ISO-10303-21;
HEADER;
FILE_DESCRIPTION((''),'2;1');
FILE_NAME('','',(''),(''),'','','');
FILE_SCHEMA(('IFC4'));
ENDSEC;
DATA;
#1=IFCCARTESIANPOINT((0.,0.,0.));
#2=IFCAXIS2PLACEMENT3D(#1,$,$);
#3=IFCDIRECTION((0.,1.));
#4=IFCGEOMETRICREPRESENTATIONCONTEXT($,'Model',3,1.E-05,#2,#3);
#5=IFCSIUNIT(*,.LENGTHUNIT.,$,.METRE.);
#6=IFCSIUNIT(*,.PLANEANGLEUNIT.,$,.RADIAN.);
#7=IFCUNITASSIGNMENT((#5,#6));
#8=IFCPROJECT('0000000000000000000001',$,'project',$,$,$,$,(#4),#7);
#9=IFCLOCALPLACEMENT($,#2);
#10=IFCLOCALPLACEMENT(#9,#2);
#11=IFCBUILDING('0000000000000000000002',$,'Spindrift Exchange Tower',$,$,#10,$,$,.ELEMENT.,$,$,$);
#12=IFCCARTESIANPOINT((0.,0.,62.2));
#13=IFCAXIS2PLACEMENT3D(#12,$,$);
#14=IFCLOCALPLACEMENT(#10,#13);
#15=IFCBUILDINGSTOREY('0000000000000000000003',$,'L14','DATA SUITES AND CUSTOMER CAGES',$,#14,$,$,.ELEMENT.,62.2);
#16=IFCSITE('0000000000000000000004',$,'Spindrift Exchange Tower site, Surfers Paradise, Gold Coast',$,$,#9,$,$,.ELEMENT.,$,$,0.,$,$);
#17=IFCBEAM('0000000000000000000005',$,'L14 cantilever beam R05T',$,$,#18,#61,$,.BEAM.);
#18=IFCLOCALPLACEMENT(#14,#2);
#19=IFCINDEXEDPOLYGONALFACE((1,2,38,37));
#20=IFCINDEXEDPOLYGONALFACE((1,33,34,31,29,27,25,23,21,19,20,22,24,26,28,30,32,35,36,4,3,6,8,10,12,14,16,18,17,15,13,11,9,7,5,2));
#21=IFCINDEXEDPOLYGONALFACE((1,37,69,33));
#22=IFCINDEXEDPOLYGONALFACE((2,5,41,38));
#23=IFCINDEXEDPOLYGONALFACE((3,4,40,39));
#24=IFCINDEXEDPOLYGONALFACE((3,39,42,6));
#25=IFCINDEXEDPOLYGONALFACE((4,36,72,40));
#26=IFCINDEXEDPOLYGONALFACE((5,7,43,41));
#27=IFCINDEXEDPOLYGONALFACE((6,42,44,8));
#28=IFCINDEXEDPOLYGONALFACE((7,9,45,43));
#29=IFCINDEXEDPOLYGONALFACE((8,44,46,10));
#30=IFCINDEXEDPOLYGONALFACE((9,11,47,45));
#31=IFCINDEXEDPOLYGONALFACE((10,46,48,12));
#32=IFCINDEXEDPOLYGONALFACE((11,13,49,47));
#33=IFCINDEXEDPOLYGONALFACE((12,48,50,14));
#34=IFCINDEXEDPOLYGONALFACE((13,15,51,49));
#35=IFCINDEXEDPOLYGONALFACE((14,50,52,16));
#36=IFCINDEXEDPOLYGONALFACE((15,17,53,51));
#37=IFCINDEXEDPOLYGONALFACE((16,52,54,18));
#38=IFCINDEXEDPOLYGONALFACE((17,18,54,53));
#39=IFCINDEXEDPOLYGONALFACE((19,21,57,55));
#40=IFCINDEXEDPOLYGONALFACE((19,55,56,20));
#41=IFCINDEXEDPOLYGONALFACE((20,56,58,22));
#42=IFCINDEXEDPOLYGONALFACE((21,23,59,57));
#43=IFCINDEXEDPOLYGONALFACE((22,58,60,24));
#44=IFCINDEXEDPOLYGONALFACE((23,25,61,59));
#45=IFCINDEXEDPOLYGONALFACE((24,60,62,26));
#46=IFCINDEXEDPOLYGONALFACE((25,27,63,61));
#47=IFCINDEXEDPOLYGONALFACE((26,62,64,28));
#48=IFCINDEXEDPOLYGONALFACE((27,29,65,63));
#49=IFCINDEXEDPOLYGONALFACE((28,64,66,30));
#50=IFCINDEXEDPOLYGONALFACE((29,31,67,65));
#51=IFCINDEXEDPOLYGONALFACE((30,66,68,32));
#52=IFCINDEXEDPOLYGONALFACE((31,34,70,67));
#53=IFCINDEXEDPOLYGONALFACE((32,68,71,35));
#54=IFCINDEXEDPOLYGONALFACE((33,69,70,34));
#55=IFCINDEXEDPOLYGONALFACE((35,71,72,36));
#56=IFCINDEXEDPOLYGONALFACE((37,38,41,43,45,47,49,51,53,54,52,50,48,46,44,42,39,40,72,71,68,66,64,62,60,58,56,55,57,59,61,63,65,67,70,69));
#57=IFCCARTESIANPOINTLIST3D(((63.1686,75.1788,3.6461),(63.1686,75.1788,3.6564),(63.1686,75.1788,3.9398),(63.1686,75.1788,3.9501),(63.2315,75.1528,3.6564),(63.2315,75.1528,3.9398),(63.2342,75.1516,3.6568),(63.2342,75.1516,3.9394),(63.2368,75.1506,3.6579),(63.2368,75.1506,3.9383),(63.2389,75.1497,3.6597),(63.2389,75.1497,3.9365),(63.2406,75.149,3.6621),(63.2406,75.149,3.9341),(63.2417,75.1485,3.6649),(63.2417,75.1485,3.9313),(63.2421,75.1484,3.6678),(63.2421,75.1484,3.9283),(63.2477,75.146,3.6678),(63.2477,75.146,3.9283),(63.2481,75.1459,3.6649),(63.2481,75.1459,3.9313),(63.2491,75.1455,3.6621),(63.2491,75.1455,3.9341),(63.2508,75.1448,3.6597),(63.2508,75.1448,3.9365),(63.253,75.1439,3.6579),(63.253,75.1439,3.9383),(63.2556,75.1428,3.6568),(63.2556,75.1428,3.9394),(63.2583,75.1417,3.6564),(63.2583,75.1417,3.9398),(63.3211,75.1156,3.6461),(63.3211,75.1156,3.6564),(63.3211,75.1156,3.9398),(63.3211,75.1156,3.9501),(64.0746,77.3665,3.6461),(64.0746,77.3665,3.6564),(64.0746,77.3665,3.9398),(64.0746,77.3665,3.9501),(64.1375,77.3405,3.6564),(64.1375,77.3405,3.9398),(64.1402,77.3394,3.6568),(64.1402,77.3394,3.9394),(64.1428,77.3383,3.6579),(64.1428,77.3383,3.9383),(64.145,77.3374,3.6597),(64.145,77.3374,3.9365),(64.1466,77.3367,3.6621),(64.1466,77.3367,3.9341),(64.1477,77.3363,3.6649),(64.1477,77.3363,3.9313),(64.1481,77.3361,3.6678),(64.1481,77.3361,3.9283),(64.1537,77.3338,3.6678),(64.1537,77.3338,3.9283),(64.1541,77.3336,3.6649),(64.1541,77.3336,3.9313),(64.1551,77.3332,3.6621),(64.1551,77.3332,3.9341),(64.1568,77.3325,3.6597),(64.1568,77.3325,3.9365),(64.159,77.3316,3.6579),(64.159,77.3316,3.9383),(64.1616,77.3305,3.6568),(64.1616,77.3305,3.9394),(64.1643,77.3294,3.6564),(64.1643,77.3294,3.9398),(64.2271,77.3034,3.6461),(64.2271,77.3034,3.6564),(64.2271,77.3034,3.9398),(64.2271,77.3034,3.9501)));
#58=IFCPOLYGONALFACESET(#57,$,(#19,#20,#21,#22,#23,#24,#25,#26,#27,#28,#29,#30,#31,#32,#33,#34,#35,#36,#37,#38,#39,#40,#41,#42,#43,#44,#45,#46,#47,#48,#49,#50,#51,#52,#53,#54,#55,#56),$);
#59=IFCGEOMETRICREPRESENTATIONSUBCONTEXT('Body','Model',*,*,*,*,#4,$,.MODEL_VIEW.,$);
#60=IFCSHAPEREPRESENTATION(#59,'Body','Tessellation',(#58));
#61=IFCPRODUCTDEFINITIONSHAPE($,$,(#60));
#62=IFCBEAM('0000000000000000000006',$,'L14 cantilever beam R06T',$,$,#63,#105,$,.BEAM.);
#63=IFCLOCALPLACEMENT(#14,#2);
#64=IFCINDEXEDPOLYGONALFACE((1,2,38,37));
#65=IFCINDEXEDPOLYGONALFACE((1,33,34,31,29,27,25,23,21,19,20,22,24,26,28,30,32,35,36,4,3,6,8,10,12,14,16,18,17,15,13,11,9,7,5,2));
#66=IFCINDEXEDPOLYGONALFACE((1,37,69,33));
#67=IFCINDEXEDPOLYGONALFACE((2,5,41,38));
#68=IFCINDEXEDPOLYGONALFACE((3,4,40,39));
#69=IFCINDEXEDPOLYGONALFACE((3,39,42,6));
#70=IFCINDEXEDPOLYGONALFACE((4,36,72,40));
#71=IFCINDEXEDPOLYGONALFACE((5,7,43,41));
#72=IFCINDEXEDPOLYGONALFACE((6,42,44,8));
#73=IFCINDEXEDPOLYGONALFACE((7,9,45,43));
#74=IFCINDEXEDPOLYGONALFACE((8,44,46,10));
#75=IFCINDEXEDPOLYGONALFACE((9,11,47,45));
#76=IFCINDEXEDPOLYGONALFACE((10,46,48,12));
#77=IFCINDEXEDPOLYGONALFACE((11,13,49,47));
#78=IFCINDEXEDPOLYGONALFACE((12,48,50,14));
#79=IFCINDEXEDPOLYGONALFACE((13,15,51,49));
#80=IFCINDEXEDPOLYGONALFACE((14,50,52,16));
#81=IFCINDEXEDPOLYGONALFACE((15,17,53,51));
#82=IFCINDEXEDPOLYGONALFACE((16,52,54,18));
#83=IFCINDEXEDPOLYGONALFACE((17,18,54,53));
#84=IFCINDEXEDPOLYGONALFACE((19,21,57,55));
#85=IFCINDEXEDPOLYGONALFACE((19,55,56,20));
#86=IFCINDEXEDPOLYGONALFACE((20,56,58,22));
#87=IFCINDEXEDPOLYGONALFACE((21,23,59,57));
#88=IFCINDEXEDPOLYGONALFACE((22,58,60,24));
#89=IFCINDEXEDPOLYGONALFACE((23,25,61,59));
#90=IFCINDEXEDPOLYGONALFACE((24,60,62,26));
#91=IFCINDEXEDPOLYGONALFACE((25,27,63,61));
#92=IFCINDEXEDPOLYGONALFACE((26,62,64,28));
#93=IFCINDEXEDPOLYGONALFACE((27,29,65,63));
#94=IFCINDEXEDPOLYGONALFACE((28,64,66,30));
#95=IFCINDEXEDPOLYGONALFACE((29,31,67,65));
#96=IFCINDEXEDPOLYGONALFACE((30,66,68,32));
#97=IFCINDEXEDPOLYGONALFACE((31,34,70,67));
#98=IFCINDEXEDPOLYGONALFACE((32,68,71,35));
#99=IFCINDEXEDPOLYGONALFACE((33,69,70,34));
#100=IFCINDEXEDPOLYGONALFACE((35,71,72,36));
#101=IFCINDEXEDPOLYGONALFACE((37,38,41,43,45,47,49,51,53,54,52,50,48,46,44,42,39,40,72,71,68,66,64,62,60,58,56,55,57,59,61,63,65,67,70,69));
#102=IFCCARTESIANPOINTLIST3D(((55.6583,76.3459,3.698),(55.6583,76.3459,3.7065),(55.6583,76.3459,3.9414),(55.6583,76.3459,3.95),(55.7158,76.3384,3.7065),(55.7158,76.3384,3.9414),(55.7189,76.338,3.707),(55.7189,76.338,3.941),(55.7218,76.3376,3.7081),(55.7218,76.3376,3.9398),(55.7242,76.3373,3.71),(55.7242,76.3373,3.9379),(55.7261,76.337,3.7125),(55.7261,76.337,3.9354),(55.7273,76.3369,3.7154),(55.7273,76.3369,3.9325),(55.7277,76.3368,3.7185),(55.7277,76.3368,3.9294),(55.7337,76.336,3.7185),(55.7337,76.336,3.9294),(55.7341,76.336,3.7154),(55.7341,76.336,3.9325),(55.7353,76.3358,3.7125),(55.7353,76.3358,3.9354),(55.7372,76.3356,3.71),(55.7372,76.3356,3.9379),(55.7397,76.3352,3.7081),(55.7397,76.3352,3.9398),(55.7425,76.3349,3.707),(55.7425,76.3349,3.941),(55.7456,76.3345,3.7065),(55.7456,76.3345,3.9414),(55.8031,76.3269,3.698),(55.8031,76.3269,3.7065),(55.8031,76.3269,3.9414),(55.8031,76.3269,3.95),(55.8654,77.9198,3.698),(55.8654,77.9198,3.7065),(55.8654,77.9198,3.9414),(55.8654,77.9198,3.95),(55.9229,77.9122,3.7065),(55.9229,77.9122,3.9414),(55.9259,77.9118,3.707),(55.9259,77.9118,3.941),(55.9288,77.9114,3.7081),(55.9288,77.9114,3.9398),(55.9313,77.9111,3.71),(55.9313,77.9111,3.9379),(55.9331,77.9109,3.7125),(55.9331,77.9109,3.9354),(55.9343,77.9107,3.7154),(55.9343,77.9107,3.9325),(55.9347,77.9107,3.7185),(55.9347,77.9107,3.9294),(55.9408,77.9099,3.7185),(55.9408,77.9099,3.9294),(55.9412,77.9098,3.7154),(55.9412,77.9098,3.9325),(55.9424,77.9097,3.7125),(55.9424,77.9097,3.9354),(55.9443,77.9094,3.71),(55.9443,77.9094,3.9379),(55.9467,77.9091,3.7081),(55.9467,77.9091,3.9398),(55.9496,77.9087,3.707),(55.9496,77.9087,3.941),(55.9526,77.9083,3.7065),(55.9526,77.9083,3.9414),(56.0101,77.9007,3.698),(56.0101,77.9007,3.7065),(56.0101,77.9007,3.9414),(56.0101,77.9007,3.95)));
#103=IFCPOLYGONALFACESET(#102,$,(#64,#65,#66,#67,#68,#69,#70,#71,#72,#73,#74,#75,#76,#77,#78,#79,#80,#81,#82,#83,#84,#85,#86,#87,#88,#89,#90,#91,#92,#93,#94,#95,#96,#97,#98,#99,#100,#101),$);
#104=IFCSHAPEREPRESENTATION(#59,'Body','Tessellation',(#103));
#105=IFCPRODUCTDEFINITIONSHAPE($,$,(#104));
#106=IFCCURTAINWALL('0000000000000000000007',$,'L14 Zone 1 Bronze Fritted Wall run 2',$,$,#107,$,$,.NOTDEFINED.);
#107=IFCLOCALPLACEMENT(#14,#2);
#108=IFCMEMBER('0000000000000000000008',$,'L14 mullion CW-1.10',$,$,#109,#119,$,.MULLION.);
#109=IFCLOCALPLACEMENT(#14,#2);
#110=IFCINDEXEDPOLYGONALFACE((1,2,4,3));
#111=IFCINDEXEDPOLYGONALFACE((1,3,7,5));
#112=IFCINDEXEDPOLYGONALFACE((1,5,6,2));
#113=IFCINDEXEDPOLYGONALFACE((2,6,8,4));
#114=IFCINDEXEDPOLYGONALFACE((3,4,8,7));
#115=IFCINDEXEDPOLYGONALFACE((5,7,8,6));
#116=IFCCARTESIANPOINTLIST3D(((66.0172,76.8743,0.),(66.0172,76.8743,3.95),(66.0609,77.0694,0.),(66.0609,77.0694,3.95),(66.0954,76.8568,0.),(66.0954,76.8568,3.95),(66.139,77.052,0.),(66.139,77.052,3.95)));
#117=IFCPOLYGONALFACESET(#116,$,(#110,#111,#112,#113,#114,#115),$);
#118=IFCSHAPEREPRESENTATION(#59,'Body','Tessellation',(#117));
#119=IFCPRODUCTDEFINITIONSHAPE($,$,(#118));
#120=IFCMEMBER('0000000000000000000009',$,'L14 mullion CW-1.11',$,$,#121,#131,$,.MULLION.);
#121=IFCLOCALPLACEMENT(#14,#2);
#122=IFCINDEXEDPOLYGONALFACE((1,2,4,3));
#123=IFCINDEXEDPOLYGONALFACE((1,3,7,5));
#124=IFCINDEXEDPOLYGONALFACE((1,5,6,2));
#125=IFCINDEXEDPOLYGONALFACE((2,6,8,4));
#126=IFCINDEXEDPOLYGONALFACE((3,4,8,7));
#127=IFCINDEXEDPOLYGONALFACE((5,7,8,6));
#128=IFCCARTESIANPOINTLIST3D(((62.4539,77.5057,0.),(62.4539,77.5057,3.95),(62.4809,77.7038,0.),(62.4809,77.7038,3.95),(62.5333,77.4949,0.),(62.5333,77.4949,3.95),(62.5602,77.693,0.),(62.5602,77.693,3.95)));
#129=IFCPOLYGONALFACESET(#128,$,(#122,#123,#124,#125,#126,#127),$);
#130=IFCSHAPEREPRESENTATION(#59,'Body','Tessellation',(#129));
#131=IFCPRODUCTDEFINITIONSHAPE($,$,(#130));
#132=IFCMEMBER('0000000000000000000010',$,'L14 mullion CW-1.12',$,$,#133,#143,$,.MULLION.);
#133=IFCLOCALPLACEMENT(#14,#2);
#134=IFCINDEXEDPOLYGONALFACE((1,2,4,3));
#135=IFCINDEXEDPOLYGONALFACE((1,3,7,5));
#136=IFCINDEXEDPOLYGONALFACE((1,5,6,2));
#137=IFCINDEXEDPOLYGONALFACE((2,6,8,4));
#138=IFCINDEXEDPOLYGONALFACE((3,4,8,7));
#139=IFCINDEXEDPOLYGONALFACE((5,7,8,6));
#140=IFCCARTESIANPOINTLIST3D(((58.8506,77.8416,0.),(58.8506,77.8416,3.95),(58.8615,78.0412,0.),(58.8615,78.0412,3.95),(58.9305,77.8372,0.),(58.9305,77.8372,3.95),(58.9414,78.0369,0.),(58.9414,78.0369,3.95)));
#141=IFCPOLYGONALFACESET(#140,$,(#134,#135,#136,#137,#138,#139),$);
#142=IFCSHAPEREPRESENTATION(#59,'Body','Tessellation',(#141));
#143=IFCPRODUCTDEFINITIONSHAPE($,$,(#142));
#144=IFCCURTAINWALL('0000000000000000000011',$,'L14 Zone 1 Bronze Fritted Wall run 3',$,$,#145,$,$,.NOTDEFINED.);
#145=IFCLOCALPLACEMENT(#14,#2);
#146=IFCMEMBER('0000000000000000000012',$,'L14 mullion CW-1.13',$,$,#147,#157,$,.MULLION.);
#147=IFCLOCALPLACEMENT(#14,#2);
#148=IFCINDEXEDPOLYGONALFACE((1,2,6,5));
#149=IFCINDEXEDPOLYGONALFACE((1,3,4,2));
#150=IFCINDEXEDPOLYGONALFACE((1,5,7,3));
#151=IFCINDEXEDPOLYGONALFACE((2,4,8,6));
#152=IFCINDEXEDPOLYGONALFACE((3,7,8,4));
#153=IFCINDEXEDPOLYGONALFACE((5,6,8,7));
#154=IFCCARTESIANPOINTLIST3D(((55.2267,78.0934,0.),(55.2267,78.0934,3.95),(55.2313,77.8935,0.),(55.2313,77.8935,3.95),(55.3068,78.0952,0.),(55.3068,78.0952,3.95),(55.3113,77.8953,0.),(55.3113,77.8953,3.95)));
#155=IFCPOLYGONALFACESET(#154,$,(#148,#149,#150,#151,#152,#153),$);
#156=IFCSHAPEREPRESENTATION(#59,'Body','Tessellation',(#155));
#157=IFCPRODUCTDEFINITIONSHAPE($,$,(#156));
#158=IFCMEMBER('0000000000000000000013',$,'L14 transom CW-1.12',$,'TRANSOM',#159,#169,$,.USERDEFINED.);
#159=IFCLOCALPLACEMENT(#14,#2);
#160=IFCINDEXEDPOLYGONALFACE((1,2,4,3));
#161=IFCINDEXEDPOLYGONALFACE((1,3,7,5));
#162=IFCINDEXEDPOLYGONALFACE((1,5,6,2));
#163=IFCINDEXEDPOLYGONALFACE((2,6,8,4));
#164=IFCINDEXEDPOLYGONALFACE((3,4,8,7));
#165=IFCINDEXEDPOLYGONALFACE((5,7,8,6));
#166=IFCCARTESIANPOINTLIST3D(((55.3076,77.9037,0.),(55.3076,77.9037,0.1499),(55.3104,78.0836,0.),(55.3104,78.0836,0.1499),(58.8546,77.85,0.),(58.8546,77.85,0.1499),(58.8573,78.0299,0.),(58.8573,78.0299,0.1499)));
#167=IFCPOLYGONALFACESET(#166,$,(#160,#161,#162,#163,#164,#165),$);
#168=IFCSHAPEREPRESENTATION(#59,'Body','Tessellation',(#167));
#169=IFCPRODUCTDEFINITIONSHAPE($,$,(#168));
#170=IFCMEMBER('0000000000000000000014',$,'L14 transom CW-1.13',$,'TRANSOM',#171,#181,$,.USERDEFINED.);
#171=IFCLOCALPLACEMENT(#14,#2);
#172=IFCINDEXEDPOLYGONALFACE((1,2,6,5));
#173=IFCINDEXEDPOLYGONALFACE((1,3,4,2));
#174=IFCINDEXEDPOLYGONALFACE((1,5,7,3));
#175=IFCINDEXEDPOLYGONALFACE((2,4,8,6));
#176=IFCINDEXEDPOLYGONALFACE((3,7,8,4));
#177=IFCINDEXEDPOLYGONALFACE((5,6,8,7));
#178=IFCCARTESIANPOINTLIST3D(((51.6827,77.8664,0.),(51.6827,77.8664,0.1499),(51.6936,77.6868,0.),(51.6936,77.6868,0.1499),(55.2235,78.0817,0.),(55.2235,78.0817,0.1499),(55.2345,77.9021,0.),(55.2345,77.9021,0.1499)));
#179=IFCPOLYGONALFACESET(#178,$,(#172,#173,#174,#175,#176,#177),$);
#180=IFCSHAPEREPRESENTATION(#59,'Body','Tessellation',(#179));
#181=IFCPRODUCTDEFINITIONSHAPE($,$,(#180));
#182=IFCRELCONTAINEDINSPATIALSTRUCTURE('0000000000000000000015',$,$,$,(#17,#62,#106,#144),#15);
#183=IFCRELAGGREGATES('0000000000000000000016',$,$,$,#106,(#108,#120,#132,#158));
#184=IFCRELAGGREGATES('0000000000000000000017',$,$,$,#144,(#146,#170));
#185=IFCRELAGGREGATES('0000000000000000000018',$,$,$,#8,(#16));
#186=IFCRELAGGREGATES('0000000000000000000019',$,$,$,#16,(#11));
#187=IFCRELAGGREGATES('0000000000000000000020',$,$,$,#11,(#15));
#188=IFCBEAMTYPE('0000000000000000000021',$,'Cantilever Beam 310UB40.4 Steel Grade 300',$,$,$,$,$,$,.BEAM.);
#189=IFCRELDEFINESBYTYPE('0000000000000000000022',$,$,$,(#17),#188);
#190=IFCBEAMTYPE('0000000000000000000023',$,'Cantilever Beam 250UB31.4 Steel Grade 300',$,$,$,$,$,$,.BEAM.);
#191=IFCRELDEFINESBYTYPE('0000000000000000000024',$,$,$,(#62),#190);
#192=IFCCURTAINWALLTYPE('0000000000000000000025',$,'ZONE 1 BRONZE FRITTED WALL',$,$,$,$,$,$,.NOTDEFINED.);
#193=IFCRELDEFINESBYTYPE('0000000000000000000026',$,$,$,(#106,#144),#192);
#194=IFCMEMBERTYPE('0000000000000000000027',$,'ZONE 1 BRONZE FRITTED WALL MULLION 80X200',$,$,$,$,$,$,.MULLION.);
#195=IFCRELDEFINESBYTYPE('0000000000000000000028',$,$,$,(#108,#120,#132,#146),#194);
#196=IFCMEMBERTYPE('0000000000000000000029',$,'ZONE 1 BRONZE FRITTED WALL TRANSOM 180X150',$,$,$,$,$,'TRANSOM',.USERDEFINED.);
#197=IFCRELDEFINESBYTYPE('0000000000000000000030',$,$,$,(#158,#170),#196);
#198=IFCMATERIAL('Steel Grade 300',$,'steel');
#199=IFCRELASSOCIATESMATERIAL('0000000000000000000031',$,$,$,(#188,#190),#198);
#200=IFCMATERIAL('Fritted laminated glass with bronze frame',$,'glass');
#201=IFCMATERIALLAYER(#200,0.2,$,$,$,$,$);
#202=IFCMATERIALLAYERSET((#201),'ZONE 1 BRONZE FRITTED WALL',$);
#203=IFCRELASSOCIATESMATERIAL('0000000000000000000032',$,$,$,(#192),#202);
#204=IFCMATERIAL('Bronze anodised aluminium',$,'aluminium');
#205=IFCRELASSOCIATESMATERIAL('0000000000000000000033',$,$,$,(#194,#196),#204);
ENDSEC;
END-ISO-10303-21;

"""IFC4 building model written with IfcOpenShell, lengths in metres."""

from ifc_helpers import new_model, si_unit, direction, frame, origin, origin_2d, place, context, subcontext, project, spatial, rectangle, i_section, extrude, source, transform, mapped, material, layer, layer_set, material_profile, profile_set, type_object, element, aggregate, save


model = new_model("IFC4")

# Units and contexts
model_context = context("Model", 3, precision=1e-05, world=origin(), true_north=direction((0.0, 1.0)))
body_context = subcontext(model_context, "Body", "Model", "MODEL_VIEW")
ifc_project = project(units=[si_unit("LENGTHUNIT", "METRE"), si_unit("PLANEANGLEUNIT", "RADIAN")], contexts=[model_context])

# Site, building, storey
site_placement = place(None, origin())
site = spatial("IfcSite", under=ifc_project, at=site_placement, Name="Spindrift Exchange Tower site, Surfers Paradise, Gold Coast", CompositionType="ELEMENT", RefElevation=0.0)
building_placement = place(site_placement, origin())
building = spatial("IfcBuilding", under=site, at=building_placement, Name="Spindrift Exchange Tower", CompositionType="ELEMENT")
storey_placement = place(building_placement, frame((0.0, 0.0, 62.2)))
storey = spatial("IfcBuildingStorey", under=building, at=storey_placement, Name="L14", Description="DATA SUITES AND CUSTOMER CAGES", CompositionType="ELEMENT", Elevation=62.2)

# Beams
ifc_material_1 = material(Name="Steel Grade 300", Category="steel")
ifc_material_profile_1 = material_profile(ifc_material_1, i_section(OverallWidth=0.165, OverallDepth=0.304, WebThickness=0.0061, FlangeThickness=0.0103, FilletRadius=0.0115, at=origin_2d()), Name="310UB40.4")
ifc_profile_set_1 = profile_set([ifc_material_profile_1], Name="Steel Grade 300")
beam_type_1 = type_object("IfcBeamType", Name="Cantilever Beam 310UB40.4 Steel Grade 300", PredefinedType="BEAM", material=ifc_profile_set_1)
shared_shape_1 = source(origin(), body_context, "Body", "SweptSolid", [
    extrude(i_section(OverallWidth=0.165, OverallDepth=0.304, WebThickness=0.0061, FlangeThickness=0.0103, FilletRadius=0.0115, at=origin_2d()), origin(), (0.0, 0.0, 1.0), 2.3679),
])
beam_1_placement = place(storey_placement, frame((63.2449, 75.1472, 3.7981), z_axis=(0.382616, 0.923908, 0.0), x_axis=(-0.923908, 0.382616, 0.0)))
element("IfcBeam", 1, at=beam_1_placement, inside=storey, type_object=beam_type_1, Name="L14 cantilever beam R05T", PredefinedType="BEAM", context=body_context, shape_type="MappedRepresentation", body=[
    mapped(shared_shape_1, transform((0.0, 0.0, 0.0), scale=1.0)),
])
ifc_material_profile_2 = material_profile(ifc_material_1, i_section(OverallWidth=0.146, OverallDepth=0.252, WebThickness=0.0061, FlangeThickness=0.0085, FilletRadius=0.012, at=origin_2d()), Name="250UB31.4")
ifc_profile_set_2 = profile_set([ifc_material_profile_2], Name="Steel Grade 300")
beam_type_2 = type_object("IfcBeamType", Name="Cantilever Beam 250UB31.4 Steel Grade 300", PredefinedType="BEAM", material=ifc_profile_set_2)
shared_shape_2 = source(origin(), body_context, "Body", "SweptSolid", [
    extrude(i_section(OverallWidth=0.146, OverallDepth=0.252, WebThickness=0.0061, FlangeThickness=0.0085, FilletRadius=0.012, at=origin_2d()), origin(), (0.0, 0.0, 1.0), 1.5874),
])
beam_2_placement = place(storey_placement, frame((55.7307, 76.3364, 3.824), z_axis=(0.130431, 0.991457, 0.0), x_axis=(-0.991457, 0.130431, 0.0)))
element("IfcBeam", 2, at=beam_2_placement, inside=storey, type_object=beam_type_2, Name="L14 cantilever beam R06T", PredefinedType="BEAM", context=body_context, shape_type="MappedRepresentation", body=[
    mapped(shared_shape_2, transform((0.0, 0.0, 0.0), scale=1.0)),
])

# Curtain wall, members
ifc_material_2 = material(Name="Fritted laminated glass with bronze frame", Category="glass")
ifc_layer_1 = layer(ifc_material_2, 0.2)
ifc_layer_set_1 = layer_set([ifc_layer_1], Name="ZONE 1 BRONZE FRITTED WALL")
curtain_wall_type = type_object("IfcCurtainWallType", Name="ZONE 1 BRONZE FRITTED WALL", PredefinedType="NOTDEFINED", material=ifc_layer_set_1)
curtain_wall_1_placement = place(storey_placement, origin())
curtain_wall_1 = element("IfcCurtainWall", 3, at=curtain_wall_1_placement, inside=storey, type_object=curtain_wall_type, Name="L14 Zone 1 Bronze Fritted Wall run 2", PredefinedType="NOTDEFINED")
ifc_material_3 = material(Name="Bronze anodised aluminium", Category="aluminium")
ifc_material_profile_3 = material_profile(ifc_material_3, rectangle(XDim=0.0801, YDim=0.2, at=origin_2d()), Name="ZONE 1 BRONZE FRITTED WALL MULLION 80X200")
ifc_profile_set_3 = profile_set([ifc_material_profile_3], Name="Bronze anodised aluminium")
member_type_1 = type_object("IfcMemberType", Name="ZONE 1 BRONZE FRITTED WALL MULLION 80X200", PredefinedType="MULLION", material=ifc_profile_set_3)
shared_shape_3 = source(origin(), body_context, "Body", "SweptSolid", [
    extrude(rectangle(XDim=0.0801, YDim=0.2, at=origin_2d()), origin(), (0.0, 0.0, 1.0), 3.95),
])
member_1_placement = place(storey_placement, frame((66.0781, 76.9631, 0.0), z_axis=(0.0, 0.0, 1.0), x_axis=(-0.975911, 0.218169, 0.0)))
member_1 = element("IfcMember", 4, at=member_1_placement, type_object=member_type_1, Name="L14 mullion CW-1.10", PredefinedType="MULLION", context=body_context, shape_type="MappedRepresentation", body=[
    mapped(shared_shape_3, transform((0.0, 0.0, 0.0), scale=1.0)),
])
member_2_placement = place(storey_placement, frame((62.5071, 77.5994, 0.0), z_axis=(0.0, 0.0, 1.0), x_axis=(-0.990891, 0.134668, 0.0)))
member_2 = element("IfcMember", 5, at=member_2_placement, type_object=member_type_1, Name="L14 mullion CW-1.11", PredefinedType="MULLION", context=body_context, shape_type="MappedRepresentation", body=[
    mapped(shared_shape_3, transform((0.0, 0.0, 0.0), scale=1.0)),
])
member_3_placement = place(storey_placement, frame((58.896, 77.9392, 0.0), z_axis=(0.0, 0.0, 1.0), x_axis=(-0.998514, 0.054491, 0.0)))
member_3 = element("IfcMember", 6, at=member_3_placement, type_object=member_type_1, Name="L14 mullion CW-1.12", PredefinedType="MULLION", context=body_context, shape_type="MappedRepresentation", body=[
    mapped(shared_shape_3, transform((0.0, 0.0, 0.0), scale=1.0)),
])

# Curtain wall, member
curtain_wall_2_placement = place(storey_placement, origin())
curtain_wall_2 = element("IfcCurtainWall", 7, at=curtain_wall_2_placement, inside=storey, type_object=curtain_wall_type, Name="L14 Zone 1 Bronze Fritted Wall run 3", PredefinedType="NOTDEFINED")
member_4_placement = place(storey_placement, frame((55.269, 77.9944, 0.0), z_axis=(0.0, 0.0, 1.0), x_axis=(-0.99974, -0.022787, 0.0)))
member_4 = element("IfcMember", 8, at=member_4_placement, type_object=member_type_1, Name="L14 mullion CW-1.13", PredefinedType="MULLION", context=body_context, shape_type="MappedRepresentation", body=[
    mapped(shared_shape_3, transform((0.0, 0.0, 0.0), scale=1.0)),
])

# Members
ifc_material_profile_4 = material_profile(ifc_material_3, rectangle(XDim=0.1799, YDim=0.1499, at=origin_2d()), Name="ZONE 1 BRONZE FRITTED WALL TRANSOM 180X150")
ifc_profile_set_4 = profile_set([ifc_material_profile_4], Name="Bronze anodised aluminium")
member_type_2 = type_object("IfcMemberType", Name="ZONE 1 BRONZE FRITTED WALL TRANSOM 180X150", ElementType="TRANSOM", PredefinedType="USERDEFINED", material=ifc_profile_set_4)
shared_shape_4 = source(origin(), body_context, "Body", "SweptSolid", [
    extrude(rectangle(XDim=0.1799, YDim=0.1499, at=origin_2d()), origin(), (0.0, 0.0, 1.0), 3.5474),
])
member_5_placement = place(storey_placement, frame((58.856, 77.9399, 0.075), z_axis=(-0.999885, 0.015141, 0.0), x_axis=(-0.015141, -0.999885, 0.0)))
member_5 = element("IfcMember", 9, at=member_5_placement, type_object=member_type_2, Name="L14 transom CW-1.12", ObjectType="TRANSOM", PredefinedType="USERDEFINED", context=body_context, shape_type="MappedRepresentation", body=[
    mapped(shared_shape_4, transform((0.0, 0.0, 0.0), scale=1.0)),
])
member_6_placement = place(storey_placement, frame((55.229, 77.9919, 0.075), z_axis=(-0.998156, -0.060703, 0.0), x_axis=(0.060703, -0.998156, 0.0)))
member_6 = element("IfcMember", 10, at=member_6_placement, type_object=member_type_2, Name="L14 transom CW-1.13", ObjectType="TRANSOM", PredefinedType="USERDEFINED", context=body_context, shape_type="MappedRepresentation", body=[
    mapped(shared_shape_4, transform((0.0, 0.0, 0.0), scale=1.0)),
])

aggregate(curtain_wall_1, [member_1, member_2, member_3, member_5])
aggregate(curtain_wall_2, [member_4, member_6])

save(model, "model.ifc")
